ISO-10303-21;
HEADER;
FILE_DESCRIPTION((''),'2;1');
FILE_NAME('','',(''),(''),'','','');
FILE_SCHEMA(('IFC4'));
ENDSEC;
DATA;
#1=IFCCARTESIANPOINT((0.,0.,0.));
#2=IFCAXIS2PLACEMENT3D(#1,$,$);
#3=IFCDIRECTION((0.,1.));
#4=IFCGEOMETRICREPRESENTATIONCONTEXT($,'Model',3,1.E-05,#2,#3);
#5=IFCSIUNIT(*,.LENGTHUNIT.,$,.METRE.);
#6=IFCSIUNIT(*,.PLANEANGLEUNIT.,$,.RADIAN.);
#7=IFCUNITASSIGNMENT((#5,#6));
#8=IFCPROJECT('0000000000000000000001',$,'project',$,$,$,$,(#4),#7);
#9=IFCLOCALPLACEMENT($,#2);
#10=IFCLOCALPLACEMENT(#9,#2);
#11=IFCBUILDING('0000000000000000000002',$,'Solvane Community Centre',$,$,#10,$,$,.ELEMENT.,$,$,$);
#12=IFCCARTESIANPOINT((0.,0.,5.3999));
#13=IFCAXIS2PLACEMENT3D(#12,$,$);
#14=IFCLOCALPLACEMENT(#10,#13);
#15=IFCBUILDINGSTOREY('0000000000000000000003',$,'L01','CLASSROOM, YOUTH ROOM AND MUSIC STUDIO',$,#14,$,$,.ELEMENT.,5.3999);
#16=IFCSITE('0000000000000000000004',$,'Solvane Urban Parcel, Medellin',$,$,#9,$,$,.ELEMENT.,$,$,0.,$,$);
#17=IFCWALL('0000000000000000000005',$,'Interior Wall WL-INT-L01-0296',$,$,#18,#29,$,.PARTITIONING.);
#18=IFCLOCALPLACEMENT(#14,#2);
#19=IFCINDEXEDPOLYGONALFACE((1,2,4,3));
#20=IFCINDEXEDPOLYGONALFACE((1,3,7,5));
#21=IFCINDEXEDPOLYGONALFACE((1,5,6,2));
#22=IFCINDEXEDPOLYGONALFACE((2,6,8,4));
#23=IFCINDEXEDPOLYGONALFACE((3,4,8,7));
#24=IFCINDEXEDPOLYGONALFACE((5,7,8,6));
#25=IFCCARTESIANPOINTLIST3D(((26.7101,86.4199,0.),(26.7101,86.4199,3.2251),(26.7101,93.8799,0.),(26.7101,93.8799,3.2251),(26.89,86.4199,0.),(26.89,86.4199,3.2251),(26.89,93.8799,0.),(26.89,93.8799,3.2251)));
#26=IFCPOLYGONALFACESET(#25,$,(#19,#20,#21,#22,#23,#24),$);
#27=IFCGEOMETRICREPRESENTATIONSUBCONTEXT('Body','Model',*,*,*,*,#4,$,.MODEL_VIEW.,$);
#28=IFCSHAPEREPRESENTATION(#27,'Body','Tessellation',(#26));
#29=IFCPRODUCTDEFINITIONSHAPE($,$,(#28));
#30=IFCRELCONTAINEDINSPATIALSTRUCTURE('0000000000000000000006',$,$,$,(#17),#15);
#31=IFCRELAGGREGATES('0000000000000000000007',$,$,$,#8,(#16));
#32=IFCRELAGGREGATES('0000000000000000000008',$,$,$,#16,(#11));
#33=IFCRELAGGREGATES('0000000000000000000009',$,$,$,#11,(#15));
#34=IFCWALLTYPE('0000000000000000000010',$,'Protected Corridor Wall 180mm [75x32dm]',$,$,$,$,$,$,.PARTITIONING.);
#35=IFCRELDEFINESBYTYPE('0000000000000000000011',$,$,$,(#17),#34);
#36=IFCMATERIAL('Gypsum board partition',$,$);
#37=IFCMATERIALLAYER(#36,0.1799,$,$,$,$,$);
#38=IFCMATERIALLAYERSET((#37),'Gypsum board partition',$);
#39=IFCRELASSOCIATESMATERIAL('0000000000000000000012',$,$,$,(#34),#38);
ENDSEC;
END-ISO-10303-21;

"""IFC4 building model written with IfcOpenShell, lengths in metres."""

from ifc_helpers import new_model, si_unit, direction, frame, frame_2d, origin, place, context, subcontext, project, spatial, rectangle, extrude, material, layer, layer_set, type_object, element, save


model = new_model("IFC4")

# Units and contexts
model_context = context("Model", 3, precision=1e-05, world=origin(), true_north=direction((0.0, 1.0)))
body_context = subcontext(model_context, "Body", "Model", "MODEL_VIEW")
ifc_project = project(units=[si_unit("LENGTHUNIT", "METRE"), si_unit("PLANEANGLEUNIT", "RADIAN")], contexts=[model_context])

# Site, building, storey
site_placement = place(None, origin())
site = spatial("IfcSite", under=ifc_project, at=site_placement, Name="Solvane Urban Parcel, Medellin", CompositionType="ELEMENT", RefElevation=0.0)
building_placement = place(site_placement, origin())
building = spatial("IfcBuilding", under=site, at=building_placement, Name="Solvane Community Centre", CompositionType="ELEMENT")
storey_placement = place(building_placement, frame((0.0, 0.0, 5.3999)))
storey = spatial("IfcBuildingStorey", under=building, at=storey_placement, Name="L01", Description="CLASSROOM, YOUTH ROOM AND MUSIC STUDIO", CompositionType="ELEMENT", Elevation=5.3999)

# Shared definitions
ifc_material_1 = material(Name="Gypsum board partition")

# Wall
ifc_layer_1 = layer(ifc_material_1, 0.1799)
ifc_layer_set_1 = layer_set([ifc_layer_1], Name="Gypsum board partition")
wall_type_1 = type_object("IfcWallType", Name="Protected Corridor Wall 180mm [75x32dm]", PredefinedType="PARTITIONING", material=ifc_layer_set_1)
wall_1_placement = place(storey_placement, frame((26.8, 86.4199, 0.0), z_axis=(0.0, 0.0, 1.0), x_axis=(0.0, 1.0, 0.0)))
element("IfcWall", 1, at=wall_1_placement, inside=storey, type_object=wall_type_1, Name="Interior Wall WL-INT-L01-0296", PredefinedType="PARTITIONING", context=body_context, shape_type="SweptSolid", body=[
    extrude(rectangle(XDim=7.46, YDim=0.1799, at=frame_2d((3.73, 0.0))), origin(), (0.0, 0.0, 1.0), 3.2251),
])

save(model, "model.ifc")
